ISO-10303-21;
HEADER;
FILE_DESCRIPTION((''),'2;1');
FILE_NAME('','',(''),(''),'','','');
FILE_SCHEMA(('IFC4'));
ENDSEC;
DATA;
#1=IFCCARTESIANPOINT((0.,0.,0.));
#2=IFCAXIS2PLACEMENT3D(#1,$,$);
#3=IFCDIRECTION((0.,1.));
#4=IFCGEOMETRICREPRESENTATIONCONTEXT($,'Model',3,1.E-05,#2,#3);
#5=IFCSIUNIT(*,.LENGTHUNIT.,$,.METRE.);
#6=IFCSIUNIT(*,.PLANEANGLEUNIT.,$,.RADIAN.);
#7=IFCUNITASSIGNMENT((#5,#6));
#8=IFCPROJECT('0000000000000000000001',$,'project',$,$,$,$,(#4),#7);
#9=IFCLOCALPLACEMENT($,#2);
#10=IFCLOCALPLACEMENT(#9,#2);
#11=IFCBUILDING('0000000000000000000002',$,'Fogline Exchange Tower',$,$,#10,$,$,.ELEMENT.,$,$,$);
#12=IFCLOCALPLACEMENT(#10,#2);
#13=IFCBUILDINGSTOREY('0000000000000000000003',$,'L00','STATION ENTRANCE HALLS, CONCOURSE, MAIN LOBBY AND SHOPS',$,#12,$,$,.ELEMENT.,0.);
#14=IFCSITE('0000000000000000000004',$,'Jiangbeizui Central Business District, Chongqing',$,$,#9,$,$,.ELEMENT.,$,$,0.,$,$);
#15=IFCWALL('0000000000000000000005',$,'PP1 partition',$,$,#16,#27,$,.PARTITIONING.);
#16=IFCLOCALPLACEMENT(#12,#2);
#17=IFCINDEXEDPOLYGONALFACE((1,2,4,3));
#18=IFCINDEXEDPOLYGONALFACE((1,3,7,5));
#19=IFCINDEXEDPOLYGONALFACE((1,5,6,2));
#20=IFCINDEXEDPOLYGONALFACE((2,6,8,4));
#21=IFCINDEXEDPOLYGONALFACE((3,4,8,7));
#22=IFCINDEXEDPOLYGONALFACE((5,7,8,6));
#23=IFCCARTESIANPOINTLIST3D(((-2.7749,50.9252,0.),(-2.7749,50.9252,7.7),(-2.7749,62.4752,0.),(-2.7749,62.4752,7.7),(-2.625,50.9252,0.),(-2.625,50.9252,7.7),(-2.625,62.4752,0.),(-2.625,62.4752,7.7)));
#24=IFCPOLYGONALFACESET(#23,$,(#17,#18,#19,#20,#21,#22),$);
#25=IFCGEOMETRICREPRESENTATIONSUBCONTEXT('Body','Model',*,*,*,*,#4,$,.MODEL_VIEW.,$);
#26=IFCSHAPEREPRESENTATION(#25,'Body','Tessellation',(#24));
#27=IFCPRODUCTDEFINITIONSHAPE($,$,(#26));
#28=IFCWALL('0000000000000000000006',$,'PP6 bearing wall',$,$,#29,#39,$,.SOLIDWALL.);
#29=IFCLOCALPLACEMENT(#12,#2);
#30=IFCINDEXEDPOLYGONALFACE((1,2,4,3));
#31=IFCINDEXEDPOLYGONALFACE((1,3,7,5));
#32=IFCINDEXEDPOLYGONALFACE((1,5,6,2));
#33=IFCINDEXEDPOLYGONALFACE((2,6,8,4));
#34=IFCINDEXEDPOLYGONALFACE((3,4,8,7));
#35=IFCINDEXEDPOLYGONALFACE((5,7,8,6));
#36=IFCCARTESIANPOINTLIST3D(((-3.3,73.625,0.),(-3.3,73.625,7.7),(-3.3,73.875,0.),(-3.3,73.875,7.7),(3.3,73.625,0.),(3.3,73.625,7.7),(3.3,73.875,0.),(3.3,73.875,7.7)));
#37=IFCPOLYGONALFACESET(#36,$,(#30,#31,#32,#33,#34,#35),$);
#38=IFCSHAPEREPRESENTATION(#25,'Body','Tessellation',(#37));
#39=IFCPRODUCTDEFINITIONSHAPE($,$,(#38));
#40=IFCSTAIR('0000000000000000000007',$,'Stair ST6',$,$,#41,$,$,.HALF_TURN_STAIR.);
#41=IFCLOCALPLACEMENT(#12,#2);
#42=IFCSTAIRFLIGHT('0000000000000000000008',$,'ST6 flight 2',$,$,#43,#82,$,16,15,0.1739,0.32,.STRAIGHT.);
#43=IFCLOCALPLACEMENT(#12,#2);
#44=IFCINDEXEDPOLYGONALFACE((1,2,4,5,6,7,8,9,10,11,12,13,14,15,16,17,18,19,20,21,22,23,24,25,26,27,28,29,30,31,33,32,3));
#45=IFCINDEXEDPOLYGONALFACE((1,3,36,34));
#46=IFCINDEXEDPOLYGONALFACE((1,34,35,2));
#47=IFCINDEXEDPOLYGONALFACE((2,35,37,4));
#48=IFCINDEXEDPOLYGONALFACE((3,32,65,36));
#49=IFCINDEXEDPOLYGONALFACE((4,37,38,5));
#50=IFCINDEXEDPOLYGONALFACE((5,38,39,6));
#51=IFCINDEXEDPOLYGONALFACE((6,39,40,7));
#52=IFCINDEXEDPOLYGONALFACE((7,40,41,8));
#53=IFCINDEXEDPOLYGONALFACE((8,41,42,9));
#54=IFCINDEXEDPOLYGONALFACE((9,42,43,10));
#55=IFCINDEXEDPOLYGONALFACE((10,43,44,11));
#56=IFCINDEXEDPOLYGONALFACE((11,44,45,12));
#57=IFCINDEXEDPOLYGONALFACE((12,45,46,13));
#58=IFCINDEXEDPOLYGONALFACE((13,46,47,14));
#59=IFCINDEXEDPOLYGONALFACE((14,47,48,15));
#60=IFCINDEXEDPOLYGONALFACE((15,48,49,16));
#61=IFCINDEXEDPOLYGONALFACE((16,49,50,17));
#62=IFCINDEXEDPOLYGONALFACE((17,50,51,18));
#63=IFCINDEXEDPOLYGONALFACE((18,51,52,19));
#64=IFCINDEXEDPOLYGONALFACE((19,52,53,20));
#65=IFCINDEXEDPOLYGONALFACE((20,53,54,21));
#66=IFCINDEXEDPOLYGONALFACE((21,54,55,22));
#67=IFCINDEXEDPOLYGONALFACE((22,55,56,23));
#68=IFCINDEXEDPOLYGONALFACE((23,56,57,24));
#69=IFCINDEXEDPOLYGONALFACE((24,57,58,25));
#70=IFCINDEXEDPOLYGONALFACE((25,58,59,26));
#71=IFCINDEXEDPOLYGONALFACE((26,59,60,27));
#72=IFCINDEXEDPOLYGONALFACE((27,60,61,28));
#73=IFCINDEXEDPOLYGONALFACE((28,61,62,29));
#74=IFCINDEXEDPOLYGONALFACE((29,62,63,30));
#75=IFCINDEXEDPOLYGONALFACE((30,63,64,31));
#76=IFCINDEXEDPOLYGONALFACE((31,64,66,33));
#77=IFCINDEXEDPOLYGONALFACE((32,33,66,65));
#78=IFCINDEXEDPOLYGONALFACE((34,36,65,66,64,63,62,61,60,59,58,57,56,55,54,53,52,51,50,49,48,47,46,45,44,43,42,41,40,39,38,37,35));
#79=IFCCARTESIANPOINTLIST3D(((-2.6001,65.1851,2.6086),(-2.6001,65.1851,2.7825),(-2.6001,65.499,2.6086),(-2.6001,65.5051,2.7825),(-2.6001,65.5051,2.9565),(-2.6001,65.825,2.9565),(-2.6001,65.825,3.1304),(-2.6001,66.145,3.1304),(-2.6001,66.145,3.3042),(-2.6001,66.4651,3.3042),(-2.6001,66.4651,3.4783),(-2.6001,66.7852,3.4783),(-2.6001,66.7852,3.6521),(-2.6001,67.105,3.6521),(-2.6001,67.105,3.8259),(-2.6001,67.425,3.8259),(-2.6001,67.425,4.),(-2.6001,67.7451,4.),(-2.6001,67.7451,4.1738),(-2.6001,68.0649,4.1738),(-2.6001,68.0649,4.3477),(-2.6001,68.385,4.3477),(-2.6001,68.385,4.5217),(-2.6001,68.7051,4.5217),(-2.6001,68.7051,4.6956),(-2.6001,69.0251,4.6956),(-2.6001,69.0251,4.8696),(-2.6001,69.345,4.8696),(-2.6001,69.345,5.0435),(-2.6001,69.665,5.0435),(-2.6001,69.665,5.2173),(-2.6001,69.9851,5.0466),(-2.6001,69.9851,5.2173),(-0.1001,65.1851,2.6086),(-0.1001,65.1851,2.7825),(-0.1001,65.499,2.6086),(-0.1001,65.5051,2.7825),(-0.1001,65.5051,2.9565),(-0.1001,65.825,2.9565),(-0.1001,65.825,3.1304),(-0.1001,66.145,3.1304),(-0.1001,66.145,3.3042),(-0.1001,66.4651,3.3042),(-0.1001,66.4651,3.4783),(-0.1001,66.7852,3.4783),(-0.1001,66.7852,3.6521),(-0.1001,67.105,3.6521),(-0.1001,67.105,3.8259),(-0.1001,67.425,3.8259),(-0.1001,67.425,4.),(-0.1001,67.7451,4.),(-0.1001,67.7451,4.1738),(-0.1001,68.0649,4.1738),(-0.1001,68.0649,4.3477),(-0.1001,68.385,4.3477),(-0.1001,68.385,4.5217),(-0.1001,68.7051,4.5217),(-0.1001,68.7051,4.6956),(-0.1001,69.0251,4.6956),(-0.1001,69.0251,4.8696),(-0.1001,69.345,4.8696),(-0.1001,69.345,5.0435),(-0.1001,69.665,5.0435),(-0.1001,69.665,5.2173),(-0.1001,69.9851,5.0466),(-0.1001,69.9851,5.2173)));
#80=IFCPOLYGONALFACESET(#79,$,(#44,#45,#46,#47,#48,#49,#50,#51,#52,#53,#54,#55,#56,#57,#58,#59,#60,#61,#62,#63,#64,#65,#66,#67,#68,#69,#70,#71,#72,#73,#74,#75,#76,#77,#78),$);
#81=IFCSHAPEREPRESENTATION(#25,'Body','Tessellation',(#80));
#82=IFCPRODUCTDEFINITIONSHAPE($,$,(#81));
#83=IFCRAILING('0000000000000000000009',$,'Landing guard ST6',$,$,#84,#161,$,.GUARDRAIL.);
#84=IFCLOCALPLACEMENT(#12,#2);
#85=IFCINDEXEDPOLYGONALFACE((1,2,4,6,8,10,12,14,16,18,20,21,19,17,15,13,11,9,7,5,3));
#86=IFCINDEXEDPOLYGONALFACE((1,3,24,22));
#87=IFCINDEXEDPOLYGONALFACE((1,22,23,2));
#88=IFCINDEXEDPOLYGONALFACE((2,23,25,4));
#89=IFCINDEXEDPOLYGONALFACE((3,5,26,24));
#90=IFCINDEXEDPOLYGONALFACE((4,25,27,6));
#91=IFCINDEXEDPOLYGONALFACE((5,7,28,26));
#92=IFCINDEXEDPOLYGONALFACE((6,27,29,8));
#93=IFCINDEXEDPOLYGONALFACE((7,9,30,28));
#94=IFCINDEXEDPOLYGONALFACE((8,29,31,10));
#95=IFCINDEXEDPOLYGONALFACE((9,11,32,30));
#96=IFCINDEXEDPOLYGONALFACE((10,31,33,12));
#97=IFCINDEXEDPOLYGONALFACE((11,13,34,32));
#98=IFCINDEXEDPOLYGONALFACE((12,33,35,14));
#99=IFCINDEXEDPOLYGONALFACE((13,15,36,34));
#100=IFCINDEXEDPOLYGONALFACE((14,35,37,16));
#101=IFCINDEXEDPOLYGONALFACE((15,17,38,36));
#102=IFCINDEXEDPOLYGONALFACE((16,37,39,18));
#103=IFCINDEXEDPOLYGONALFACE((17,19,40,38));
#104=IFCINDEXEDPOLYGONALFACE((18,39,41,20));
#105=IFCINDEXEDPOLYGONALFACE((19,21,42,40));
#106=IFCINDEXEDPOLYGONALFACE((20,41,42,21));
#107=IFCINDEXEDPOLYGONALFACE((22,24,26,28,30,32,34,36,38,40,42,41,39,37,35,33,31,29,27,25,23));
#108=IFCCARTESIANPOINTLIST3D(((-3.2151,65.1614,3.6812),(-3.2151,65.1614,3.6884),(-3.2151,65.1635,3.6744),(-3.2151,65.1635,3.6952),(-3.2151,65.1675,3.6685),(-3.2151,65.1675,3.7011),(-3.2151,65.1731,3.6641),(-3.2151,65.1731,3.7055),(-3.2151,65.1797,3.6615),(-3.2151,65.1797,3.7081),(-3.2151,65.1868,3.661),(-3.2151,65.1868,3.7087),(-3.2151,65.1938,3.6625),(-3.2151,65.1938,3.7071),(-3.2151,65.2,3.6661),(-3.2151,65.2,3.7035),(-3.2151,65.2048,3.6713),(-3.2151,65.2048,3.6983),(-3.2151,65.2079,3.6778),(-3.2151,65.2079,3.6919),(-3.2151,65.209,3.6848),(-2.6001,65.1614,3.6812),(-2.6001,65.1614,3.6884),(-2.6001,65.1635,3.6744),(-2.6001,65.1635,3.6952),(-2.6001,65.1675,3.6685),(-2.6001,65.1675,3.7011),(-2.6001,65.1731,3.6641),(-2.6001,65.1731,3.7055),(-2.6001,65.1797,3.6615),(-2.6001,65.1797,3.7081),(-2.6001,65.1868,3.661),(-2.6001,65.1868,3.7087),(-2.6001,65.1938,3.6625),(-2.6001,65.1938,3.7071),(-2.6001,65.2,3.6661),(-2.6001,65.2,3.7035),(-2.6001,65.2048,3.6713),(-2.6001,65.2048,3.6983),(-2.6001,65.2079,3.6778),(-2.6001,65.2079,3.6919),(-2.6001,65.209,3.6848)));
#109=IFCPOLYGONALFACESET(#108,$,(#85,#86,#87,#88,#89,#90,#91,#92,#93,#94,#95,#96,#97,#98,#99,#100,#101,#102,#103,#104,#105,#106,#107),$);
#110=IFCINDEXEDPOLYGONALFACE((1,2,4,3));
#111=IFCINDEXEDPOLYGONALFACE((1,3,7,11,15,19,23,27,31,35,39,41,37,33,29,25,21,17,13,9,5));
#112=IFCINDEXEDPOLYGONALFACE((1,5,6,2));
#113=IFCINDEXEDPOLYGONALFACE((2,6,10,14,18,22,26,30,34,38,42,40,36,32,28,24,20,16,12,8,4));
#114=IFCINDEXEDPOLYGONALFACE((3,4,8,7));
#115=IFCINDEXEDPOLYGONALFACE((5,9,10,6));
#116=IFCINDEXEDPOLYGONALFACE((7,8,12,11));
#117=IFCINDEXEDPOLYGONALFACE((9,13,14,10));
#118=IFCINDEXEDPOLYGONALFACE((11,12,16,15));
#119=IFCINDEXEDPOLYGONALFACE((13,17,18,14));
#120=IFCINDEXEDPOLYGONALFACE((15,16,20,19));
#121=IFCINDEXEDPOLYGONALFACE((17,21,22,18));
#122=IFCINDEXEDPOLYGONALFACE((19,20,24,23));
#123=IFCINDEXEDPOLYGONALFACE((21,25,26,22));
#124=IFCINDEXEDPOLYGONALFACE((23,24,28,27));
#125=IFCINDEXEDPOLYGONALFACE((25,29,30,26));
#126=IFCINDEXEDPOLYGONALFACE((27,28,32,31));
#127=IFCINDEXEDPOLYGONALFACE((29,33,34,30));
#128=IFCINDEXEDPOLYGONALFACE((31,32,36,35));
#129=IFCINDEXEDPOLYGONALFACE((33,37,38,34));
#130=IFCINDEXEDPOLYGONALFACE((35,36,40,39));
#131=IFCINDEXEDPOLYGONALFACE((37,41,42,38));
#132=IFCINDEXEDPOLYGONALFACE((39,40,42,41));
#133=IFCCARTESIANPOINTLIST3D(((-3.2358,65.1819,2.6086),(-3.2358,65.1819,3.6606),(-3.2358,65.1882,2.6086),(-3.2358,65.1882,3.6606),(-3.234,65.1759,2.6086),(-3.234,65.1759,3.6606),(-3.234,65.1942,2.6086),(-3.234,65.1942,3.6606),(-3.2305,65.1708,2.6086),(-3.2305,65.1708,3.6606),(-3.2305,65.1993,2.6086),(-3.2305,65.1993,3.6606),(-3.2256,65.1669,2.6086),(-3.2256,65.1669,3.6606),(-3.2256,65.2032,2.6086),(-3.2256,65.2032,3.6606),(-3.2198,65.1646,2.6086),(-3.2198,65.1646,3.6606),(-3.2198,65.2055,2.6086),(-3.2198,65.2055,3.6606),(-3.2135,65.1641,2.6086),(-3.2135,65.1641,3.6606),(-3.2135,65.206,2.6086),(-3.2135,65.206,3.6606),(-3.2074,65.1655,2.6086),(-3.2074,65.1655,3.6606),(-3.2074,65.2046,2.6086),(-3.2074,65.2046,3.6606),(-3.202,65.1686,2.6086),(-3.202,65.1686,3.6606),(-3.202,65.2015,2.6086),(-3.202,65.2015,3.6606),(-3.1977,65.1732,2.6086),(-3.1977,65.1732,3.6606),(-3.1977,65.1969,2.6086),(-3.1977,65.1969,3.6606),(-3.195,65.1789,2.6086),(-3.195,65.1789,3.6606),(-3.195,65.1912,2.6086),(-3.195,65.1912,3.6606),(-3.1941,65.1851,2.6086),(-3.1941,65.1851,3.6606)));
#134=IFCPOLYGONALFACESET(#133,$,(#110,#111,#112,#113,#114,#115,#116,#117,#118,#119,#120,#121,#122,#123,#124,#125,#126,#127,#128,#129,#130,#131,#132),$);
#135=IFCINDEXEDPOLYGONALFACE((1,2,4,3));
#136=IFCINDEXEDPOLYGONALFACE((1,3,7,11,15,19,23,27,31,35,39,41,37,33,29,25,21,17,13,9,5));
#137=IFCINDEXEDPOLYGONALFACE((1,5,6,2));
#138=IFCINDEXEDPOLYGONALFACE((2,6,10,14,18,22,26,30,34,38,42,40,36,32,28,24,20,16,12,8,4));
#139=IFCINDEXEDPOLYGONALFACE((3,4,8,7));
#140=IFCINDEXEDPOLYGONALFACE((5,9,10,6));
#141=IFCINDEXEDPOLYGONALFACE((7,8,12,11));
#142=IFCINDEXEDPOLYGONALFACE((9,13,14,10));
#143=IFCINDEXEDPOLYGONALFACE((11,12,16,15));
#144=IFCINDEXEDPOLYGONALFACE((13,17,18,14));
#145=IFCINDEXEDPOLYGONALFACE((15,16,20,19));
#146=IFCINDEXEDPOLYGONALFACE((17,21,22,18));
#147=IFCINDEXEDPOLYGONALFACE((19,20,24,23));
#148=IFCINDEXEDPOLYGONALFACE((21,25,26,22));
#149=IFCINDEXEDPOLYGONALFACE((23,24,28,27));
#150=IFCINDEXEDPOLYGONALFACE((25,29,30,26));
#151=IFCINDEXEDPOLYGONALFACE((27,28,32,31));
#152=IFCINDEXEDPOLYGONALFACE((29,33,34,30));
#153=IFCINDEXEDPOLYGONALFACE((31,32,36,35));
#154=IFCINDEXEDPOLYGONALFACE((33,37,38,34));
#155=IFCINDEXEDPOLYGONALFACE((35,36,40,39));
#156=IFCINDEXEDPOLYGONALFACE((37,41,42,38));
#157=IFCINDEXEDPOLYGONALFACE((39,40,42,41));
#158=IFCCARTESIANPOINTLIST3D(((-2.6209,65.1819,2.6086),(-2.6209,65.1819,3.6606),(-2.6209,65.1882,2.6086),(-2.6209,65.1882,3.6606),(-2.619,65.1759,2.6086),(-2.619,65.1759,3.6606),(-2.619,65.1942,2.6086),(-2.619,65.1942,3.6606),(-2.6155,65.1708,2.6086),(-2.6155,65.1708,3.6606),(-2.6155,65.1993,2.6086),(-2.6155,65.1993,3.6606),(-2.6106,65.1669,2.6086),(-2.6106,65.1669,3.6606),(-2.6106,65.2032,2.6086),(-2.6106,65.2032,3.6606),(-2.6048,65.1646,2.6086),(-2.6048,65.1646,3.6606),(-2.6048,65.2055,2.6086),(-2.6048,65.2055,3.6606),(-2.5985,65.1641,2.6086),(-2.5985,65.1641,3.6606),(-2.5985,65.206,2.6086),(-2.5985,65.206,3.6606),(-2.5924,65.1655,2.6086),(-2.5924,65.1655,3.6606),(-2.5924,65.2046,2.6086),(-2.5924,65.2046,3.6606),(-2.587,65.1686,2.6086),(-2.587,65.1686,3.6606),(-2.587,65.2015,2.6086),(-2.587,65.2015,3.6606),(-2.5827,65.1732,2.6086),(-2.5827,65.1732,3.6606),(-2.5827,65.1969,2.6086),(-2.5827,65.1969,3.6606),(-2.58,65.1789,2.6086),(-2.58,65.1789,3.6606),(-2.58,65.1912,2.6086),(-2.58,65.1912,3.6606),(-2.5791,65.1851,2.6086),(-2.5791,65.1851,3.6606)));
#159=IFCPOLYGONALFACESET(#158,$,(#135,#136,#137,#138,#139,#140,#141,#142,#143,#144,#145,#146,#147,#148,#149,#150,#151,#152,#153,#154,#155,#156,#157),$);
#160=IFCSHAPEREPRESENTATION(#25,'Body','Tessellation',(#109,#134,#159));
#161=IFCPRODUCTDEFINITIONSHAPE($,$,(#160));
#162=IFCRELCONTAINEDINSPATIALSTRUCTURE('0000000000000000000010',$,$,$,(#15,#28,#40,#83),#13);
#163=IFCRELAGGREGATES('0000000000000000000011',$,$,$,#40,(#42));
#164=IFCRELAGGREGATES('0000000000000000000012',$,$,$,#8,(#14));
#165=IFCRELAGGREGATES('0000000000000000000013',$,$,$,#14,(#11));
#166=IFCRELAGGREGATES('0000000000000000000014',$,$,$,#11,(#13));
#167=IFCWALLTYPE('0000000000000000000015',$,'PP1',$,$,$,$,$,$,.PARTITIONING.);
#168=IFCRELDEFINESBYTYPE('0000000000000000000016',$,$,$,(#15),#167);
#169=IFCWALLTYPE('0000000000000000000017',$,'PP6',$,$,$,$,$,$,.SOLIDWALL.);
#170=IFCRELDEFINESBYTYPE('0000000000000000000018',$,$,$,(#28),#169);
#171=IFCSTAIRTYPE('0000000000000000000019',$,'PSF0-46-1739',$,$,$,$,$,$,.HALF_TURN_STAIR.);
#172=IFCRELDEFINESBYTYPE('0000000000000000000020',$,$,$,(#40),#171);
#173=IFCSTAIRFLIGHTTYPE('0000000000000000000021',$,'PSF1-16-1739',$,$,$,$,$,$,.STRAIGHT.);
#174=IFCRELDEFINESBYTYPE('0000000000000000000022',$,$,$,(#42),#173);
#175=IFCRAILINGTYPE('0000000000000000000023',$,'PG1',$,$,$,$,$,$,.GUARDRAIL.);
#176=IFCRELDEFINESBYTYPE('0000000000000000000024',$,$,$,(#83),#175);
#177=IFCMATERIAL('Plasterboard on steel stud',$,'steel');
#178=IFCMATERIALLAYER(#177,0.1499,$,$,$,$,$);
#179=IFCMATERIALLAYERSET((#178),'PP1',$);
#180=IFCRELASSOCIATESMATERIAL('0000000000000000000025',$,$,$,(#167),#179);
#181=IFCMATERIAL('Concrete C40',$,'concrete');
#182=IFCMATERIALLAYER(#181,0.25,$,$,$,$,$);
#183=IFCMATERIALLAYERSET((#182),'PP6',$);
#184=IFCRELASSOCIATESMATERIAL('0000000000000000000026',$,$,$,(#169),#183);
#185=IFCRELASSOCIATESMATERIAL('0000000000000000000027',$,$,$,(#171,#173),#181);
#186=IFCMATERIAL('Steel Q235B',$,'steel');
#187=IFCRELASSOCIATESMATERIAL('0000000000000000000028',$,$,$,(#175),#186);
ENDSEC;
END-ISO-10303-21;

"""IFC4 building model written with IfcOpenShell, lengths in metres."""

from ifc_helpers import new_model, si_unit, direction, frame, frame_2d, origin, origin_2d, place, context, subcontext, project, spatial, polyline, rectangle, circle, outline, extrude, material, layer, layer_set, type_object, element, aggregate, save


model = new_model("IFC4")

# Units and contexts
model_context = context("Model", 3, precision=1e-05, world=origin(), true_north=direction((0.0, 1.0)))
body_context = subcontext(model_context, "Body", "Model", "MODEL_VIEW")
ifc_project = project(units=[si_unit("LENGTHUNIT", "METRE"), si_unit("PLANEANGLEUNIT", "RADIAN")], contexts=[model_context])

# Site, building, storey
site_placement = place(None, origin())
site = spatial("IfcSite", under=ifc_project, at=site_placement, Name="Jiangbeizui Central Business District, Chongqing", CompositionType="ELEMENT", RefElevation=0.0)
building_placement = place(site_placement, origin())
building = spatial("IfcBuilding", under=site, at=building_placement, Name="Fogline Exchange Tower", CompositionType="ELEMENT")
storey_placement = place(building_placement, origin())
storey = spatial("IfcBuildingStorey", under=building, at=storey_placement, Name="L00", Description="STATION ENTRANCE HALLS, CONCOURSE, MAIN LOBBY AND SHOPS", CompositionType="ELEMENT", Elevation=0.0)

# Walls
ifc_material_1 = material(Name="Plasterboard on steel stud", Category="steel")
ifc_layer_1 = layer(ifc_material_1, 0.1499)
ifc_layer_set_1 = layer_set([ifc_layer_1], Name="PP1")
wall_type_1 = type_object("IfcWallType", Name="PP1", PredefinedType="PARTITIONING", material=ifc_layer_set_1)
wall_1_placement = place(storey_placement, frame((-2.7, 62.4751, 0.0), z_axis=(0.0, 0.0, 1.0), x_axis=(0.0, -1.0, 0.0)))
element("IfcWall", 1, at=wall_1_placement, inside=storey, type_object=wall_type_1, Name="PP1 partition", PredefinedType="PARTITIONING", context=body_context, shape_type="SweptSolid", body=[
    extrude(rectangle(XDim=11.55, YDim=0.1499, at=frame_2d((5.7749, 0.0))), origin(), (0.0, 0.0, 1.0), 7.7),
])
ifc_material_2 = material(Name="Concrete C40", Category="concrete")
ifc_layer_2 = layer(ifc_material_2, 0.25)
ifc_layer_set_2 = layer_set([ifc_layer_2], Name="PP6")
wall_type_2 = type_object("IfcWallType", Name="PP6", PredefinedType="SOLIDWALL", material=ifc_layer_set_2)
wall_2_placement = place(storey_placement, frame((-3.3, 73.75, 0.0), z_axis=(0.0, 0.0, 1.0), x_axis=(1.0, 0.0, 0.0)))
element("IfcWall", 2, at=wall_2_placement, inside=storey, type_object=wall_type_2, Name="PP6 bearing wall", PredefinedType="SOLIDWALL", context=body_context, shape_type="SweptSolid", body=[
    extrude(rectangle(XDim=6.6001, YDim=0.25, at=frame_2d((3.3, 0.0))), origin(), (0.0, 0.0, 1.0), 7.7),
])

# Stair, stair flight
stair_type = type_object("IfcStairType", Name="PSF0-46-1739", PredefinedType="HALF_TURN_STAIR", material=ifc_material_2)
stair_placement = place(storey_placement, origin())
stair = element("IfcStair", 3, at=stair_placement, inside=storey, type_object=stair_type, Name="Stair ST6", PredefinedType="HALF_TURN_STAIR")
stair_flight_type = type_object("IfcStairFlightType", Name="PSF1-16-1739", PredefinedType="STRAIGHT", material=ifc_material_2)
stair_flight_placement = place(storey_placement, frame((-1.3501, 65.1851, 2.6086), z_axis=(0.0, 0.0, 1.0), x_axis=(0.0, 1.0, 0.0)))
stair_flight = element("IfcStairFlight", 4, at=stair_flight_placement, type_object=stair_flight_type, Name="ST6 flight 2", NumberOfRisers=16, NumberOfTreads=15, PredefinedType="STRAIGHT", RiserHeight=0.1739, TreadLength=0.32, context=body_context, shape_type="SweptSolid", body=[
    extrude(outline(polyline([(0.0, 0.0), (0.0, 0.1738), (0.3201, 0.1738), (0.3201, 0.3479), (0.6399, 0.3479), (0.6399, 0.5217), (0.96, 0.5217), (0.96, 0.6956), (1.28, 0.6956), (1.28, 0.8696), (1.6001, 0.8696), (1.6001, 1.0435), (1.9199, 1.0435), (1.9199, 1.2173), (2.24, 1.2173), (2.24, 1.3914), (2.5601, 1.3914), (2.5601, 1.5652), (2.8799, 1.5652), (2.8799, 1.739), (3.2, 1.739), (3.2, 1.9131), (3.52, 1.9131), (3.52, 2.0869), (3.8401, 2.0869), (3.8401, 2.261), (4.1599, 2.261), (4.1599, 2.4348), (4.48, 2.4348), (4.48, 2.6086), (4.8, 2.6086), (4.8, 2.7827), (4.8, 2.438), (0.314, 0.0), (0.0, 0.0)])), frame((0.0, 1.25, 0.0), z_axis=(0.0, -1.0, 0.0), x_axis=(1.0, 0.0, 0.0)), (0.0, 0.0, 1.0), 2.5),
])
aggregate(stair, [stair_flight])

# Railing
ifc_material_3 = material(Name="Steel Q235B", Category="steel")
railing_type_1 = type_object("IfcRailingType", Name="PG1", PredefinedType="GUARDRAIL", material=ifc_material_3)
for number, where, name in (
    (5, (-3.2151, 65.1851, 2.6086), "Landing guard ST6"),
):
    element("IfcRailing", number, at=place(storey_placement, frame(where)), inside=storey, type_object=railing_type_1, Name=name, PredefinedType="GUARDRAIL", context=body_context, shape_type="SweptSolid", body=[
        extrude(circle(Radius=0.0239, at=origin_2d()), frame((0.0, 0.0, 1.0762), z_axis=(1.0, 0.0, 0.0), x_axis=(0.0, 1.0, 0.0)), (0.0, 0.0, 1.0), 0.615),
        extrude(circle(Radius=0.021, at=origin_2d()), origin(), (0.0, 0.0, 1.0), 1.052),
        extrude(circle(Radius=0.021, at=origin_2d()), frame((0.615, 0.0, 0.0)), (0.0, 0.0, 1.0), 1.052),
    ])

save(model, "model.ifc")
